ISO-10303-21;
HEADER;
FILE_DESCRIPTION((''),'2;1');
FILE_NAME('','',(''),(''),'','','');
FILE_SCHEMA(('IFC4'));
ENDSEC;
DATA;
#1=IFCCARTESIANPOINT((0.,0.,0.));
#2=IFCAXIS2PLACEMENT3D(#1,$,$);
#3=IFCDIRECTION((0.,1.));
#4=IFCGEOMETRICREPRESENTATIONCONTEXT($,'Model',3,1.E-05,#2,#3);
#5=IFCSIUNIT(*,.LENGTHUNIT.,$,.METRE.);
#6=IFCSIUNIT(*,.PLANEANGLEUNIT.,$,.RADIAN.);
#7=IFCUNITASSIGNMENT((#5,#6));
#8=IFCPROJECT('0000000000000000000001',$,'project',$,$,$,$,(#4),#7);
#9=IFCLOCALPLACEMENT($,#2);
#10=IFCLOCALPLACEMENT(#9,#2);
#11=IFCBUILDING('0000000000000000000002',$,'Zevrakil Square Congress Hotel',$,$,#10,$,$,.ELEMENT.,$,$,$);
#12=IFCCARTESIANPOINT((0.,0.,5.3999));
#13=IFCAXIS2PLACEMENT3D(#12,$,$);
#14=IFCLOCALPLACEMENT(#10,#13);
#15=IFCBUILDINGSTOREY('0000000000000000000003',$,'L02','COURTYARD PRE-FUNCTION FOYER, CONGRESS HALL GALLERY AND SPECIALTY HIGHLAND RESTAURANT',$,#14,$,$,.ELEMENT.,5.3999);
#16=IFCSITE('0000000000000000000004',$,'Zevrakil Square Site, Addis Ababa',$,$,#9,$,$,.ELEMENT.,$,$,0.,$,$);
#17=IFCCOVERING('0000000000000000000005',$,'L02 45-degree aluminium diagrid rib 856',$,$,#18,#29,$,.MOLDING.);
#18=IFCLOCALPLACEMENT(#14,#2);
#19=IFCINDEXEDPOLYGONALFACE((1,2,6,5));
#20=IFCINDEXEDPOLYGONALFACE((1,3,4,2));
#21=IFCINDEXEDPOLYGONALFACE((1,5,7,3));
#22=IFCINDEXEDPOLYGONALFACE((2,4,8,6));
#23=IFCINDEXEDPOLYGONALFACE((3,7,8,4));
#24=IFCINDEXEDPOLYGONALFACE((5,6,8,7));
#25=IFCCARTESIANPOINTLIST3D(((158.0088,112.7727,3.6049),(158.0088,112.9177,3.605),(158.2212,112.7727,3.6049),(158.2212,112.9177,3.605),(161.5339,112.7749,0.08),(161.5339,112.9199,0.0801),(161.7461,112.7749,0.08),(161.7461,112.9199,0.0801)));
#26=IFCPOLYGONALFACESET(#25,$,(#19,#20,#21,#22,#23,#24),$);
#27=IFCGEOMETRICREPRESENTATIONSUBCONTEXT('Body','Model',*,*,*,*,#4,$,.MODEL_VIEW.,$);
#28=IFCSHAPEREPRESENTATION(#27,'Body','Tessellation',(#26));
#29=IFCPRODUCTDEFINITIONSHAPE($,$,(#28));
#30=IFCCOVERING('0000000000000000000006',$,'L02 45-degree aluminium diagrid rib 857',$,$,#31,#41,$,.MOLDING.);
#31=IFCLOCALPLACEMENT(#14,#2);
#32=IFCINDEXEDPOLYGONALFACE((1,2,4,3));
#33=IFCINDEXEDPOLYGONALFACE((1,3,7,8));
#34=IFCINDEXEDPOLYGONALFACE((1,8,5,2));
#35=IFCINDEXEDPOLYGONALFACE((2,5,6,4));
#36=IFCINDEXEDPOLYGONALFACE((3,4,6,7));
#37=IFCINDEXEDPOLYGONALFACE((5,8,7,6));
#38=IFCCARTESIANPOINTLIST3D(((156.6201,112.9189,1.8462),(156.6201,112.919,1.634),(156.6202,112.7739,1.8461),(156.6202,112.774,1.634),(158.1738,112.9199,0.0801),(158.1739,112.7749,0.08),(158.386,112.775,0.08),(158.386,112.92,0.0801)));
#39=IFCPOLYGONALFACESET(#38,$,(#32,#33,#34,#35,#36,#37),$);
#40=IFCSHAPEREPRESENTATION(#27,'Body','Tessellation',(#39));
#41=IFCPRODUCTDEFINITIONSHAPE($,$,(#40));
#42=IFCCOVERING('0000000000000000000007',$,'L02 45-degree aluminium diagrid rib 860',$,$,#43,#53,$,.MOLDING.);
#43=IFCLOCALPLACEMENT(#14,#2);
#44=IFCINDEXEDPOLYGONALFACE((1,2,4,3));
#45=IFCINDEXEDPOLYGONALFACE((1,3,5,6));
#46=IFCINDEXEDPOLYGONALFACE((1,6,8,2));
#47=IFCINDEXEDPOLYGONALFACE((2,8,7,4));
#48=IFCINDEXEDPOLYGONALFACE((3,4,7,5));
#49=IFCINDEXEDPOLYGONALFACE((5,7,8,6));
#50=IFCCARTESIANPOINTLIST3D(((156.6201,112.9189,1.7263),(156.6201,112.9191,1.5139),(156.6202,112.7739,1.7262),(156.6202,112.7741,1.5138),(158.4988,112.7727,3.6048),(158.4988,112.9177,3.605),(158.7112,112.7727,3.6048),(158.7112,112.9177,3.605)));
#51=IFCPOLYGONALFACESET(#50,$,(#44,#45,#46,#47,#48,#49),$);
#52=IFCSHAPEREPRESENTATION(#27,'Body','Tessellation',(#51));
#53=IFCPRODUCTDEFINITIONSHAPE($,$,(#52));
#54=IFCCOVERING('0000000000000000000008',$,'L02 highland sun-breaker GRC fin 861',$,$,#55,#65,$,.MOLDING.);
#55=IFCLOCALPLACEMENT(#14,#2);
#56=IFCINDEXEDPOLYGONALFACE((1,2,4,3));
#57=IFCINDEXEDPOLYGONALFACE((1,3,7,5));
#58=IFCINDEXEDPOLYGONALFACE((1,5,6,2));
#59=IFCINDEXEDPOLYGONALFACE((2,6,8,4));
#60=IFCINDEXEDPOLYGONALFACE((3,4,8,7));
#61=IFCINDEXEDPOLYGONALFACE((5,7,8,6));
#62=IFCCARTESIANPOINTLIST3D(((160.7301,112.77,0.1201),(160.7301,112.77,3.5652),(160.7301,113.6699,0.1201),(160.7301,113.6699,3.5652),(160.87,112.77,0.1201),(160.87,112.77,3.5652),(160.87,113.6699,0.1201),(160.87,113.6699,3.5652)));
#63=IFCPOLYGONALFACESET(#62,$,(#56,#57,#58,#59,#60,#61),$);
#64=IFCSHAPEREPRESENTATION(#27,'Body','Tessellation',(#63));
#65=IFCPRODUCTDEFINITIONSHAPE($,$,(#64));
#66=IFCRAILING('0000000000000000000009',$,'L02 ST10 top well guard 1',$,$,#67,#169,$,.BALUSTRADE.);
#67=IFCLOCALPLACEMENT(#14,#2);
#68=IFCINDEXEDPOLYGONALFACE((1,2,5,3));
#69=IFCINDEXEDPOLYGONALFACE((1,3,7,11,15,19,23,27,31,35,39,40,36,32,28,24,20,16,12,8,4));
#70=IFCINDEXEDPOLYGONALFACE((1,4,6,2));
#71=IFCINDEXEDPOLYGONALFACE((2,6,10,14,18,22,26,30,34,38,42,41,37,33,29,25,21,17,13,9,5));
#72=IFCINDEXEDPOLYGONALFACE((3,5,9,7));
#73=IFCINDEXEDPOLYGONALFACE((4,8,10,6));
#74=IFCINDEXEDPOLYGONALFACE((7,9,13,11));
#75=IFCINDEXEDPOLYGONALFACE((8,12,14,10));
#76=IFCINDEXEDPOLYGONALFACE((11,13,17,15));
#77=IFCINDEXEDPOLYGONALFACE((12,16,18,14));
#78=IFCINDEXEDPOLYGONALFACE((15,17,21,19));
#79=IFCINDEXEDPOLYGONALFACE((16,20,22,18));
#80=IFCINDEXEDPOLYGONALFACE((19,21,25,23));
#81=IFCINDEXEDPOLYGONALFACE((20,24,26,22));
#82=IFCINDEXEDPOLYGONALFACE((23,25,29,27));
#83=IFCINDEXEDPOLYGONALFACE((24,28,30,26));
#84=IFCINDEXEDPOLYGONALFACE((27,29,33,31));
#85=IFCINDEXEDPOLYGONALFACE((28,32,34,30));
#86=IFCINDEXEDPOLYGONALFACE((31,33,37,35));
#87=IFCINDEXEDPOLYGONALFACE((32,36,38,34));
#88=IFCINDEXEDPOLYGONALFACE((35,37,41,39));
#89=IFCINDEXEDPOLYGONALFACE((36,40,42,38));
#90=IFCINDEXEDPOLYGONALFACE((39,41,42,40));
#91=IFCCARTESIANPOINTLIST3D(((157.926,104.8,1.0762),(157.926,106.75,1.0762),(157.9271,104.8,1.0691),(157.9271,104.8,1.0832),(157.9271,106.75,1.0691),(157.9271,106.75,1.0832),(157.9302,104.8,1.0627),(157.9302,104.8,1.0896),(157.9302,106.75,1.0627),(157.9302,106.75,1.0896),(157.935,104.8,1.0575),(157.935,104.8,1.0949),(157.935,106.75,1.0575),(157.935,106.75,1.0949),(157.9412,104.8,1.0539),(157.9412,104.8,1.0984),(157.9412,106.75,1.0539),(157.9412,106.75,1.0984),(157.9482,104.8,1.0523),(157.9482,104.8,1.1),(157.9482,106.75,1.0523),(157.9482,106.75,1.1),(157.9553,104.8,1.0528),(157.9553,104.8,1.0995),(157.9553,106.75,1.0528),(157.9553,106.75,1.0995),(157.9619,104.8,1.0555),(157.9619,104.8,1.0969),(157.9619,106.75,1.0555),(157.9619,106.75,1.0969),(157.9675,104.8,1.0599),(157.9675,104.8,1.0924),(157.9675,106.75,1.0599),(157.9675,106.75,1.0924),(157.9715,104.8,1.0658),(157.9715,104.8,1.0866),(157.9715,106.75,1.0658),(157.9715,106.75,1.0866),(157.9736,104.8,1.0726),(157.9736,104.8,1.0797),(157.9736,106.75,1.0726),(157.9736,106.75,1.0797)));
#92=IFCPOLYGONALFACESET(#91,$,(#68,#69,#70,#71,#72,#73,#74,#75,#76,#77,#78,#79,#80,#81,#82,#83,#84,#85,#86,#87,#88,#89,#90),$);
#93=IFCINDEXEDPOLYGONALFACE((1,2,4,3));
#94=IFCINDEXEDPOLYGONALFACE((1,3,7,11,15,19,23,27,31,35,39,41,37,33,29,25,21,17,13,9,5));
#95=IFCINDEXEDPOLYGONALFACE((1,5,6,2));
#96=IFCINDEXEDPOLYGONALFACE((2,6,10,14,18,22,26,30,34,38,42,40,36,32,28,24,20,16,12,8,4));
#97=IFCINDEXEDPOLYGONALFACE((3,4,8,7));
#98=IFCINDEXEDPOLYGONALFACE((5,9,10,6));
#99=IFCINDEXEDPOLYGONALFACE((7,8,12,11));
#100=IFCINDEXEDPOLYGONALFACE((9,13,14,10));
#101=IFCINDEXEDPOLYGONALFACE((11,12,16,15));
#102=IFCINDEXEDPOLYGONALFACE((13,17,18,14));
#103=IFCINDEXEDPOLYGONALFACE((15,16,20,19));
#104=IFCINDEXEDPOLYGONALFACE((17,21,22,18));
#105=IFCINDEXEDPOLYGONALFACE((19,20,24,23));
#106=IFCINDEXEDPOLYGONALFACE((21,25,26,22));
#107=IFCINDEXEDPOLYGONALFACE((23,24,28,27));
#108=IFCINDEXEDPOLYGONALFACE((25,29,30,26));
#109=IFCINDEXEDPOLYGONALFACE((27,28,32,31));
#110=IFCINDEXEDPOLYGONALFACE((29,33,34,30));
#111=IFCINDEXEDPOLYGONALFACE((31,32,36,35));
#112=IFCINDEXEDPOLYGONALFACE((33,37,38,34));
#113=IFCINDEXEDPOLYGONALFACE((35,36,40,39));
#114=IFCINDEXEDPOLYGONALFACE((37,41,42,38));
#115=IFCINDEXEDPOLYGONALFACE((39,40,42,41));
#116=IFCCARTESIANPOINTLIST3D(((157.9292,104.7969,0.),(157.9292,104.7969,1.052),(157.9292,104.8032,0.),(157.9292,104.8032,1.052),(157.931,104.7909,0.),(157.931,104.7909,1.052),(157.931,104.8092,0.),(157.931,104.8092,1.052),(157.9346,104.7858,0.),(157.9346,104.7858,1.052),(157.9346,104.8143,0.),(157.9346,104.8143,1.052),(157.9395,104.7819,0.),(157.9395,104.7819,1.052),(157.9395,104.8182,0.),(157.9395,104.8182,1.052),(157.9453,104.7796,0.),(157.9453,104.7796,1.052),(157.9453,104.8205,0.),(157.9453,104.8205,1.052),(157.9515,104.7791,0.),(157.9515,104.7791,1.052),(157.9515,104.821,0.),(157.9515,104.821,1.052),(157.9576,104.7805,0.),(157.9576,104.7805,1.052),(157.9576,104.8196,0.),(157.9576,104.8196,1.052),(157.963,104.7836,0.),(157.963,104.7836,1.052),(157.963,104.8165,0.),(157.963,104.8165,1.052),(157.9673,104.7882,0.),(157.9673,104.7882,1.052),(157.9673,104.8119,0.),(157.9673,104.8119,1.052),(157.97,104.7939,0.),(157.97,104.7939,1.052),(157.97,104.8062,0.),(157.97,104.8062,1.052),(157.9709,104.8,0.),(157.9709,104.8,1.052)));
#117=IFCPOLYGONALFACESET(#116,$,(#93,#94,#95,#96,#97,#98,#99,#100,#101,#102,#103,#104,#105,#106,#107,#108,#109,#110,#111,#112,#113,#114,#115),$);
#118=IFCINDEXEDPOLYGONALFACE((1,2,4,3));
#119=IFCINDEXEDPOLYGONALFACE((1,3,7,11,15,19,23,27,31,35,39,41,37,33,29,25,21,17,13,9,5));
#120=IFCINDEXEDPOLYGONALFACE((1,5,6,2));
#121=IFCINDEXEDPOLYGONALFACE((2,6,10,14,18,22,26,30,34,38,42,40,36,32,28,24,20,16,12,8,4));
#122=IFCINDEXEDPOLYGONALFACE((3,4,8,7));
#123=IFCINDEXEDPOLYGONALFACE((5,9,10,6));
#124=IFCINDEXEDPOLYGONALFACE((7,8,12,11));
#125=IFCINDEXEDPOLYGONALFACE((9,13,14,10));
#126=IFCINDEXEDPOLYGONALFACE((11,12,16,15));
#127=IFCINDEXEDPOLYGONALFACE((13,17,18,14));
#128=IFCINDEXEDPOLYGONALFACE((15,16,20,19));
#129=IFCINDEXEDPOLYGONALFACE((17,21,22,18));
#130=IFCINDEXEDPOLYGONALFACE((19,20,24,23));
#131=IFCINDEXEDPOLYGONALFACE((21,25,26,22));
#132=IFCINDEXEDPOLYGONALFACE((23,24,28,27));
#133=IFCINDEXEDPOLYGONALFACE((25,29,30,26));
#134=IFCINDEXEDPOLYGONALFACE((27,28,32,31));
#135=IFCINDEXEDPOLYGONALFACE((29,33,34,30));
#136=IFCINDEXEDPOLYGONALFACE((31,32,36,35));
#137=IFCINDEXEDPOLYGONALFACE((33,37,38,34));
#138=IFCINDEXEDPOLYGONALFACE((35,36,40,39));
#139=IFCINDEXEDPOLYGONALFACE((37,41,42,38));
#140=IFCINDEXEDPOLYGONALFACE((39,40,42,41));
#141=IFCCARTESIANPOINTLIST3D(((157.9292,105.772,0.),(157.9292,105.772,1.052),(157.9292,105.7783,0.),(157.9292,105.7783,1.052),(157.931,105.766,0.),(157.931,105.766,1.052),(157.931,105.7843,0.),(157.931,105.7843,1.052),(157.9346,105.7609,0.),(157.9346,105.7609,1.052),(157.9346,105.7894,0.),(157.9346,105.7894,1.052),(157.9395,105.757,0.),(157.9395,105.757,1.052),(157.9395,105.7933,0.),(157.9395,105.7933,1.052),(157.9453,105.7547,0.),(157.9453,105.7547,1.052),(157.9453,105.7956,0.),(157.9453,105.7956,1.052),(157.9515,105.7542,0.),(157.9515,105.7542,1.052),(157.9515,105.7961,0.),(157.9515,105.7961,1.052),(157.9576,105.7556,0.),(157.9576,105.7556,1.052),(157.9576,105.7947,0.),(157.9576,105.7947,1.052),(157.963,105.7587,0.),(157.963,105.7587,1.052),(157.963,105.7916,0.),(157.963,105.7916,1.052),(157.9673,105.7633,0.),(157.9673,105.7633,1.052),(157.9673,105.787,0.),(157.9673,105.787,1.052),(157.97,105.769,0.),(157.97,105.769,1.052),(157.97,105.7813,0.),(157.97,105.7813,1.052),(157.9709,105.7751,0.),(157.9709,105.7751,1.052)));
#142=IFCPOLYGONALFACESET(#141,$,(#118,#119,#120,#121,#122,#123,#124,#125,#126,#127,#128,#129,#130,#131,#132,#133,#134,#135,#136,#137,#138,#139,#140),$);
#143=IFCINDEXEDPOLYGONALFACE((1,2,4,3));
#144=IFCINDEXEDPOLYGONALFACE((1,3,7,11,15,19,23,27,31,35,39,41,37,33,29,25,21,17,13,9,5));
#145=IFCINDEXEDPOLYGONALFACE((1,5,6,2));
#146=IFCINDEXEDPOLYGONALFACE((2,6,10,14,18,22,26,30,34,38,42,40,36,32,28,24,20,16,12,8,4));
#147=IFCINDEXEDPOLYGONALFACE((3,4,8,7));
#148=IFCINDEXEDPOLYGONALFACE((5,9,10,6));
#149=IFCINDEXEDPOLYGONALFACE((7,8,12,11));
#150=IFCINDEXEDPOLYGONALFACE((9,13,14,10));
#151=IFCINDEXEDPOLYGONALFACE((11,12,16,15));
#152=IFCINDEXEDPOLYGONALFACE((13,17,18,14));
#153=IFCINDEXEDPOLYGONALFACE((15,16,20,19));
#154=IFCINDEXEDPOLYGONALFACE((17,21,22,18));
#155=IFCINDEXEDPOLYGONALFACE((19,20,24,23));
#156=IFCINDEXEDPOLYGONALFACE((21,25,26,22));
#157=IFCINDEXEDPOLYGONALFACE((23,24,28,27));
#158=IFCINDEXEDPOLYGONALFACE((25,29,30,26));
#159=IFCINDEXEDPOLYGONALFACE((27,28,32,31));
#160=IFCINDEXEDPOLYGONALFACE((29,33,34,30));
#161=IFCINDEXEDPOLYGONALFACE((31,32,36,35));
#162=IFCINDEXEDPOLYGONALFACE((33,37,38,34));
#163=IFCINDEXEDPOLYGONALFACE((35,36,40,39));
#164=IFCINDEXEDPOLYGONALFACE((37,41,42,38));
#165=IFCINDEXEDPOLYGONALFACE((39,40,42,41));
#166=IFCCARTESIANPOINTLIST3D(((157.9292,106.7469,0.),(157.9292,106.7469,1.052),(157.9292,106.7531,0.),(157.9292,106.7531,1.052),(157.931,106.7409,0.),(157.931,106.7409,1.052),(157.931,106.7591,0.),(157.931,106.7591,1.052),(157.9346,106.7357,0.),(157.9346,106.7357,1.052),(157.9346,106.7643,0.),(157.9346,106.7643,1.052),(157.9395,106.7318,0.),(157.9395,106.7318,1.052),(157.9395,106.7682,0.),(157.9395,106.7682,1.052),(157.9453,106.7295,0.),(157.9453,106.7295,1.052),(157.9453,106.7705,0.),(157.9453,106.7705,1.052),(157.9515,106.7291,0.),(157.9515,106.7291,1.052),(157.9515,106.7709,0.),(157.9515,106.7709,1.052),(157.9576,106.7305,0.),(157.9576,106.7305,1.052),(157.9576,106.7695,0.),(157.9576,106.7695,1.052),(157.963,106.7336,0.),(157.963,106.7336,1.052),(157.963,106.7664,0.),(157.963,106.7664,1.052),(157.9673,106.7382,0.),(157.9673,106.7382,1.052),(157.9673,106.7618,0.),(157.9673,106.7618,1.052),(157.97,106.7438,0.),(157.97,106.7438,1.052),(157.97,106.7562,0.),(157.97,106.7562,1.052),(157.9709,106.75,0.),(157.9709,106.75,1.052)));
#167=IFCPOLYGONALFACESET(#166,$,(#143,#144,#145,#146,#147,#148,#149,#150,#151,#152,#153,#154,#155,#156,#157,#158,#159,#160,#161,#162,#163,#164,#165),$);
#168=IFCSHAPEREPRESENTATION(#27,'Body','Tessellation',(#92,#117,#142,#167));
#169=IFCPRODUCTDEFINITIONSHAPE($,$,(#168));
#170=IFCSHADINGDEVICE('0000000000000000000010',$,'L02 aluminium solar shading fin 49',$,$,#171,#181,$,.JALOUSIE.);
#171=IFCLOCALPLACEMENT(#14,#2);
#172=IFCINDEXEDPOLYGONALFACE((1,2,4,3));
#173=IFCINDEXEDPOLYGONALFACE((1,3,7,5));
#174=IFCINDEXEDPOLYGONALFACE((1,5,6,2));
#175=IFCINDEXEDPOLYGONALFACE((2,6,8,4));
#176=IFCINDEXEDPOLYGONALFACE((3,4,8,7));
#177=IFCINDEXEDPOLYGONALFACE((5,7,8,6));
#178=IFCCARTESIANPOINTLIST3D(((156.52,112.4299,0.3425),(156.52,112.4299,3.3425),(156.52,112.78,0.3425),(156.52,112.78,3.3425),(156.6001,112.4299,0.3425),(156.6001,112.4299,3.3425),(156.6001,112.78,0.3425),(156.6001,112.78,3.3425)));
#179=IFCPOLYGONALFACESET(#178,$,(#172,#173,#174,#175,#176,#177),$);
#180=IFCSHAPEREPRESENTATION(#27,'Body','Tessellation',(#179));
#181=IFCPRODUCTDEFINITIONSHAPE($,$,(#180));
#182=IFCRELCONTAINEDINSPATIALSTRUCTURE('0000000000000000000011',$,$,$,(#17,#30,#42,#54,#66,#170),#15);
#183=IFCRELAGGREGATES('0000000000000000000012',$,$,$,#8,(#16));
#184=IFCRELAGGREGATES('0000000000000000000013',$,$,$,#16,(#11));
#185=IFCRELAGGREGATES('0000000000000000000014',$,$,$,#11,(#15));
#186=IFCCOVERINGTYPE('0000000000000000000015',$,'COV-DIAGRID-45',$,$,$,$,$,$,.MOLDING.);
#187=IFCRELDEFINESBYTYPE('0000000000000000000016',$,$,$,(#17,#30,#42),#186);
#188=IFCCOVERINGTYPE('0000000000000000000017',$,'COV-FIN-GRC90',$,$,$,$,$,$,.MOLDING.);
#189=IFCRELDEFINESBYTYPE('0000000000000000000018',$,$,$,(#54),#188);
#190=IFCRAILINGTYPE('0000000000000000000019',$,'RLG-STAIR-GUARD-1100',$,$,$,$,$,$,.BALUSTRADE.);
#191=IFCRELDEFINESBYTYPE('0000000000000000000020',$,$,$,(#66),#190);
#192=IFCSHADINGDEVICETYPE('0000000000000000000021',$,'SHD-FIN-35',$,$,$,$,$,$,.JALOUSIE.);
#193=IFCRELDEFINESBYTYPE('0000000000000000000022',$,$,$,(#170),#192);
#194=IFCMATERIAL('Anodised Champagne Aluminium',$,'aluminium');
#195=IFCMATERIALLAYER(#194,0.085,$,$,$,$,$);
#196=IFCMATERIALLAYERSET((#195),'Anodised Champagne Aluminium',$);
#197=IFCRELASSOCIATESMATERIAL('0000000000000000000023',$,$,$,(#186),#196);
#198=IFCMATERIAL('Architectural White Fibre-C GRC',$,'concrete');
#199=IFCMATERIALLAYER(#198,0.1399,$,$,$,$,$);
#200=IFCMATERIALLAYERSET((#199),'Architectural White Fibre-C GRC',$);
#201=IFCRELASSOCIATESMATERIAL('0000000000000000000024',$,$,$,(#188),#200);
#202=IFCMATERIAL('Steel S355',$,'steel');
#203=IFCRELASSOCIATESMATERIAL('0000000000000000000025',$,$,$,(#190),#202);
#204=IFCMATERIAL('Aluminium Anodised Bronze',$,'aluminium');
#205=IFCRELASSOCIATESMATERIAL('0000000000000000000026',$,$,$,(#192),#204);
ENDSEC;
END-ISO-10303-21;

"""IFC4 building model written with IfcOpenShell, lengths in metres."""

from ifc_helpers import new_model, si_unit, direction, frame, origin, origin_2d, place, context, subcontext, project, spatial, polyline, rectangle, circle, outline, extrude, material, layer, layer_set, type_object, element, save


model = new_model("IFC4")

# Units and contexts
model_context = context("Model", 3, precision=1e-05, world=origin(), true_north=direction((0.0, 1.0)))
body_context = subcontext(model_context, "Body", "Model", "MODEL_VIEW")
ifc_project = project(units=[si_unit("LENGTHUNIT", "METRE"), si_unit("PLANEANGLEUNIT", "RADIAN")], contexts=[model_context])

# Site, building, storey
site_placement = place(None, origin())
site = spatial("IfcSite", under=ifc_project, at=site_placement, Name="Zevrakil Square Site, Addis Ababa", CompositionType="ELEMENT", RefElevation=0.0)
building_placement = place(site_placement, origin())
building = spatial("IfcBuilding", under=site, at=building_placement, Name="Zevrakil Square Congress Hotel", CompositionType="ELEMENT")
storey_placement = place(building_placement, frame((0.0, 0.0, 5.3999)))
storey = spatial("IfcBuildingStorey", under=building, at=storey_placement, Name="L02", Description="COURTYARD PRE-FUNCTION FOYER, CONGRESS HALL GALLERY AND SPECIALTY HIGHLAND RESTAURANT", CompositionType="ELEMENT", Elevation=5.3999)

# Coverings
ifc_material_1 = material(Name="Anodised Champagne Aluminium", Category="aluminium")
ifc_layer_1 = layer(ifc_material_1, 0.085)
ifc_layer_set_1 = layer_set([ifc_layer_1], Name="Anodised Champagne Aluminium")
covering_type_1 = type_object("IfcCoveringType", Name="COV-DIAGRID-45", PredefinedType="MOLDING", material=ifc_layer_set_1)
covering_1_placement = place(storey_placement, frame((161.5339, 112.9199, 0.0801), z_axis=(0.0, 1.0, 0.000623), x_axis=(1.0, 0.0, 0.0)))
element("IfcCovering", 1, at=covering_1_placement, inside=storey, type_object=covering_type_1, Name="L02 45-degree aluminium diagrid rib 856", PredefinedType="MOLDING", context=body_context, shape_type="SweptSolid", body=[
    extrude(outline(polyline([(0.0, 0.0), (0.2122, 0.0), (-3.3127, -3.5249), (-3.5251, -3.5249), (0.0, 0.0)])), origin(), (0.0, 0.0, -1.0), 0.145),
])
covering_2_placement = place(storey_placement, frame((158.1738, 112.9199, 0.0801), z_axis=(-0.000294, 1.0, 0.000294), x_axis=(1.0, 0.000294, 0.0)))
element("IfcCovering", 2, at=covering_2_placement, inside=storey, type_object=covering_type_1, Name="L02 45-degree aluminium diagrid rib 857", PredefinedType="MOLDING", context=body_context, shape_type="SweptSolid", body=[
    extrude(outline(polyline([(0.0, 0.0), (0.2122, 0.0), (-1.5537, -1.7661), (-1.5537, -1.554), (0.0, 0.0)])), origin(), (0.0, 0.0, -1.0), 0.145),
])
covering_3_placement = place(storey_placement, frame((158.7112, 112.9177, 3.605), z_axis=(-0.000236, 1.0, 0.000913), x_axis=(-1.0, -0.000236, 0.0)))
element("IfcCovering", 3, at=covering_3_placement, inside=storey, type_object=covering_type_1, Name="L02 45-degree aluminium diagrid rib 860", PredefinedType="MOLDING", context=body_context, shape_type="SweptSolid", body=[
    extrude(outline(polyline([(0.0, 0.0), (0.2124, 0.0), (2.0911, -1.8787), (2.0911, -2.0911), (0.0, 0.0)])), origin(), (0.0, 0.0, -1.0), 0.145),
])
ifc_material_2 = material(Name="Architectural White Fibre-C GRC", Category="concrete")
ifc_layer_2 = layer(ifc_material_2, 0.1399)
ifc_layer_set_2 = layer_set([ifc_layer_2], Name="Architectural White Fibre-C GRC")
covering_type_2 = type_object("IfcCoveringType", Name="COV-FIN-GRC90", PredefinedType="MOLDING", material=ifc_layer_set_2)
covering_4_placement = place(storey_placement, frame((160.8, 113.22, 0.1201), z_axis=(0.0, 0.0, 1.0), x_axis=(0.0, 1.0, 0.0)))
element("IfcCovering", 4, at=covering_4_placement, inside=storey, type_object=covering_type_2, Name="L02 highland sun-breaker GRC fin 861", PredefinedType="MOLDING", context=body_context, shape_type="SweptSolid", body=[
    extrude(rectangle(XDim=0.8999, YDim=0.1399, at=origin_2d()), origin(), (0.0, 0.0, 1.0), 3.4451),
])

# Railing
ifc_material_3 = material(Name="Steel S355", Category="steel")
railing_type = type_object("IfcRailingType", Name="RLG-STAIR-GUARD-1100", PredefinedType="BALUSTRADE", material=ifc_material_3)
railing_placement = place(storey_placement, frame((157.95, 104.8, 0.0)))
element("IfcRailing", 5, at=railing_placement, inside=storey, type_object=railing_type, Name="L02 ST10 top well guard 1", PredefinedType="BALUSTRADE", context=body_context, shape_type="SweptSolid", body=[
    extrude(circle(Radius=0.0239, at=origin_2d()), frame((0.0, 0.0, 1.0762), z_axis=(0.0, 1.0, 0.0), x_axis=(-1.0, 0.0, 0.0)), (0.0, 0.0, 1.0), 1.95),
    extrude(circle(Radius=0.021, at=origin_2d()), origin(), (0.0, 0.0, 1.0), 1.052),
    extrude(circle(Radius=0.021, at=origin_2d()), frame((0.0, 0.9751, 0.0)), (0.0, 0.0, 1.0), 1.052),
    extrude(circle(Radius=0.021, at=origin_2d()), frame((0.0, 1.95, 0.0)), (0.0, 0.0, 1.0), 1.052),
])

# Shading device
ifc_material_4 = material(Name="Aluminium Anodised Bronze", Category="aluminium")
shading_device_type = type_object("IfcShadingDeviceType", Name="SHD-FIN-35", PredefinedType="JALOUSIE", material=ifc_material_4)
shading_device_placement = place(storey_placement, frame((156.5601, 112.605, 0.3425), z_axis=(0.0, 0.0, 1.0), x_axis=(0.0, -1.0, 0.0)))
element("IfcShadingDevice", 6, at=shading_device_placement, inside=storey, type_object=shading_device_type, Name="L02 aluminium solar shading fin 49", PredefinedType="JALOUSIE", context=body_context, shape_type="SweptSolid", body=[
    extrude(rectangle(XDim=0.3501, YDim=0.0801, at=origin_2d()), origin(), (0.0, 0.0, 1.0), 3.0),
])

save(model, "model.ifc")
